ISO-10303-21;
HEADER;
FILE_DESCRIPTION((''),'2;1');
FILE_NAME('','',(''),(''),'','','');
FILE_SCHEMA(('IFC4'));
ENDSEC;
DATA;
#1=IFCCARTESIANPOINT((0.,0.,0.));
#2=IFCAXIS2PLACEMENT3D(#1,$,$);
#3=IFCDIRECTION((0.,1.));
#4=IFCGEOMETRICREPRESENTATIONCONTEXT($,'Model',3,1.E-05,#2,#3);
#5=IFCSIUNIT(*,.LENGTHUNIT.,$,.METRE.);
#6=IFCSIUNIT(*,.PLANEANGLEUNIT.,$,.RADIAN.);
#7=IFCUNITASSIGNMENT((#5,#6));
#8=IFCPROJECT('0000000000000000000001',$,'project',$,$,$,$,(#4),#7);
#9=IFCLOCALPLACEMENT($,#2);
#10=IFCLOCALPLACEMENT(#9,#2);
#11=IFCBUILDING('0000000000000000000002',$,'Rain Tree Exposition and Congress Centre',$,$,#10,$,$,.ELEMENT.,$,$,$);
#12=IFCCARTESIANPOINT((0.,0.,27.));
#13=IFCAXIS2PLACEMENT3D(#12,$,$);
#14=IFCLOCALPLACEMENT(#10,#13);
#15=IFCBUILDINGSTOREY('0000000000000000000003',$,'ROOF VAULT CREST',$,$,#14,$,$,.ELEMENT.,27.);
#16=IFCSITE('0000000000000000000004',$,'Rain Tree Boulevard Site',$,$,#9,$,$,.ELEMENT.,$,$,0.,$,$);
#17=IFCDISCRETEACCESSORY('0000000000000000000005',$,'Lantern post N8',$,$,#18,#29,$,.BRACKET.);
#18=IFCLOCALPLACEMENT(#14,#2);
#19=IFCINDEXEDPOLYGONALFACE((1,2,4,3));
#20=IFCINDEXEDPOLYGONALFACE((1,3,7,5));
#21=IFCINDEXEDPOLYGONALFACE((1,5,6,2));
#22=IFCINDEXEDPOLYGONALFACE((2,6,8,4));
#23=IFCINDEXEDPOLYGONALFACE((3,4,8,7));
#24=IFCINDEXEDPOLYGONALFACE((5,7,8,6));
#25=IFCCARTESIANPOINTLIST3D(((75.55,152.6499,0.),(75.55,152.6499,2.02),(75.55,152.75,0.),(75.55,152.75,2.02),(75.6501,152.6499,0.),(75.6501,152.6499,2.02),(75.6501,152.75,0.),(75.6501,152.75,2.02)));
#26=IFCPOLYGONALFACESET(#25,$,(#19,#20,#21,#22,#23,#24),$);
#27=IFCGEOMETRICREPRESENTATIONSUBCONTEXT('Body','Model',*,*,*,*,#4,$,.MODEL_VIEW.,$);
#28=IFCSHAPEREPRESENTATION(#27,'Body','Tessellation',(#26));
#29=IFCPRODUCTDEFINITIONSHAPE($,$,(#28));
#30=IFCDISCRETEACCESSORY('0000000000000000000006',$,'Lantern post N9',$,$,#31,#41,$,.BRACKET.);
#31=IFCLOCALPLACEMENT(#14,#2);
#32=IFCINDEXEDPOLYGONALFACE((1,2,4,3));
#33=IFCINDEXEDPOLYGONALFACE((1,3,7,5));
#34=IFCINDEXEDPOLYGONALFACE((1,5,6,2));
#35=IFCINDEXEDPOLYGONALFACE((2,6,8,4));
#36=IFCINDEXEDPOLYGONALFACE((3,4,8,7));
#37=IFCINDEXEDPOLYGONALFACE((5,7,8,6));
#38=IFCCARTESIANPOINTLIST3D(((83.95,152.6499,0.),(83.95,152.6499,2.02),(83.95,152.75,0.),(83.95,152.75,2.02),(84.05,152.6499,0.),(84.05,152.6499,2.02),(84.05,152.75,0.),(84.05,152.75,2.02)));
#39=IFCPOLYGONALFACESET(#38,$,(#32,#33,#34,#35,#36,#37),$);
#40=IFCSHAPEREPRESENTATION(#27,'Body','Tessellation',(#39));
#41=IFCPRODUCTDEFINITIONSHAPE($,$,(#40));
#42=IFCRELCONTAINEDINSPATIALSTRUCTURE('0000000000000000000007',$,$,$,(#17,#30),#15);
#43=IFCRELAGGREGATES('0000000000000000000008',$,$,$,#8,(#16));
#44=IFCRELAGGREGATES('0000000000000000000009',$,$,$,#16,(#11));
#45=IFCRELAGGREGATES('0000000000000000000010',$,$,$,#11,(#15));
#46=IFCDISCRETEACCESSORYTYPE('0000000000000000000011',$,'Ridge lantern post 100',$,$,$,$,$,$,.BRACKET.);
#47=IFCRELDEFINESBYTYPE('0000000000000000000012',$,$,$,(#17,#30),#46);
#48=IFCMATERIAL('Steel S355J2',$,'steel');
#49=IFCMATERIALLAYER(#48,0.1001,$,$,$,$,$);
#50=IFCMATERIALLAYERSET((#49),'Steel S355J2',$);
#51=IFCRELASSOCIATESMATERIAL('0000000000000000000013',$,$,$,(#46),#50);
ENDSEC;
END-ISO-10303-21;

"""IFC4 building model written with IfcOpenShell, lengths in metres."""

from ifc_helpers import new_model, si_unit, direction, frame, origin, origin_2d, place, context, subcontext, project, spatial, rectangle, extrude, material, layer, layer_set, type_object, element, save


model = new_model("IFC4")

# Units and contexts
model_context = context("Model", 3, precision=1e-05, world=origin(), true_north=direction((0.0, 1.0)))
body_context = subcontext(model_context, "Body", "Model", "MODEL_VIEW")
ifc_project = project(units=[si_unit("LENGTHUNIT", "METRE"), si_unit("PLANEANGLEUNIT", "RADIAN")], contexts=[model_context])

# Site, building, storey
site_placement = place(None, origin())
site = spatial("IfcSite", under=ifc_project, at=site_placement, Name="Rain Tree Boulevard Site", CompositionType="ELEMENT", RefElevation=0.0)
building_placement = place(site_placement, origin())
building = spatial("IfcBuilding", under=site, at=building_placement, Name="Rain Tree Exposition and Congress Centre", CompositionType="ELEMENT")
storey_placement = place(building_placement, frame((0.0, 0.0, 27.0)))
storey = spatial("IfcBuildingStorey", under=building, at=storey_placement, Name="ROOF VAULT CREST", CompositionType="ELEMENT", Elevation=27.0)

# Discrete accessories
ifc_material_1 = material(Name="Steel S355J2", Category="steel")
ifc_layer_1 = layer(ifc_material_1, 0.1001)
ifc_layer_set_1 = layer_set([ifc_layer_1], Name="Steel S355J2")
discrete_accessory_type = type_object("IfcDiscreteAccessoryType", Name="Ridge lantern post 100", PredefinedType="BRACKET", material=ifc_layer_set_1)
for number, where, z_axis, x_axis, name in (
    (1, (75.6001, 152.7, 0.0), (0.0, 0.0, 1.0), (1.0, 0.0, 0.0), "Lantern post N8"),
    (2, (84.0, 152.7, 0.0), (0.0, 0.0, 1.0), (1.0, 0.0, 0.0), "Lantern post N9"),
):
    element("IfcDiscreteAccessory", number, at=place(storey_placement, frame(where, z_axis=z_axis, x_axis=x_axis)), inside=storey, type_object=discrete_accessory_type, Name=name, PredefinedType="BRACKET", context=body_context, shape_type="SweptSolid", body=[
        extrude(rectangle(XDim=0.1001, YDim=0.1001, at=origin_2d()), origin(), (0.0, 0.0, 1.0), 2.02),
    ])

save(model, "model.ifc")
